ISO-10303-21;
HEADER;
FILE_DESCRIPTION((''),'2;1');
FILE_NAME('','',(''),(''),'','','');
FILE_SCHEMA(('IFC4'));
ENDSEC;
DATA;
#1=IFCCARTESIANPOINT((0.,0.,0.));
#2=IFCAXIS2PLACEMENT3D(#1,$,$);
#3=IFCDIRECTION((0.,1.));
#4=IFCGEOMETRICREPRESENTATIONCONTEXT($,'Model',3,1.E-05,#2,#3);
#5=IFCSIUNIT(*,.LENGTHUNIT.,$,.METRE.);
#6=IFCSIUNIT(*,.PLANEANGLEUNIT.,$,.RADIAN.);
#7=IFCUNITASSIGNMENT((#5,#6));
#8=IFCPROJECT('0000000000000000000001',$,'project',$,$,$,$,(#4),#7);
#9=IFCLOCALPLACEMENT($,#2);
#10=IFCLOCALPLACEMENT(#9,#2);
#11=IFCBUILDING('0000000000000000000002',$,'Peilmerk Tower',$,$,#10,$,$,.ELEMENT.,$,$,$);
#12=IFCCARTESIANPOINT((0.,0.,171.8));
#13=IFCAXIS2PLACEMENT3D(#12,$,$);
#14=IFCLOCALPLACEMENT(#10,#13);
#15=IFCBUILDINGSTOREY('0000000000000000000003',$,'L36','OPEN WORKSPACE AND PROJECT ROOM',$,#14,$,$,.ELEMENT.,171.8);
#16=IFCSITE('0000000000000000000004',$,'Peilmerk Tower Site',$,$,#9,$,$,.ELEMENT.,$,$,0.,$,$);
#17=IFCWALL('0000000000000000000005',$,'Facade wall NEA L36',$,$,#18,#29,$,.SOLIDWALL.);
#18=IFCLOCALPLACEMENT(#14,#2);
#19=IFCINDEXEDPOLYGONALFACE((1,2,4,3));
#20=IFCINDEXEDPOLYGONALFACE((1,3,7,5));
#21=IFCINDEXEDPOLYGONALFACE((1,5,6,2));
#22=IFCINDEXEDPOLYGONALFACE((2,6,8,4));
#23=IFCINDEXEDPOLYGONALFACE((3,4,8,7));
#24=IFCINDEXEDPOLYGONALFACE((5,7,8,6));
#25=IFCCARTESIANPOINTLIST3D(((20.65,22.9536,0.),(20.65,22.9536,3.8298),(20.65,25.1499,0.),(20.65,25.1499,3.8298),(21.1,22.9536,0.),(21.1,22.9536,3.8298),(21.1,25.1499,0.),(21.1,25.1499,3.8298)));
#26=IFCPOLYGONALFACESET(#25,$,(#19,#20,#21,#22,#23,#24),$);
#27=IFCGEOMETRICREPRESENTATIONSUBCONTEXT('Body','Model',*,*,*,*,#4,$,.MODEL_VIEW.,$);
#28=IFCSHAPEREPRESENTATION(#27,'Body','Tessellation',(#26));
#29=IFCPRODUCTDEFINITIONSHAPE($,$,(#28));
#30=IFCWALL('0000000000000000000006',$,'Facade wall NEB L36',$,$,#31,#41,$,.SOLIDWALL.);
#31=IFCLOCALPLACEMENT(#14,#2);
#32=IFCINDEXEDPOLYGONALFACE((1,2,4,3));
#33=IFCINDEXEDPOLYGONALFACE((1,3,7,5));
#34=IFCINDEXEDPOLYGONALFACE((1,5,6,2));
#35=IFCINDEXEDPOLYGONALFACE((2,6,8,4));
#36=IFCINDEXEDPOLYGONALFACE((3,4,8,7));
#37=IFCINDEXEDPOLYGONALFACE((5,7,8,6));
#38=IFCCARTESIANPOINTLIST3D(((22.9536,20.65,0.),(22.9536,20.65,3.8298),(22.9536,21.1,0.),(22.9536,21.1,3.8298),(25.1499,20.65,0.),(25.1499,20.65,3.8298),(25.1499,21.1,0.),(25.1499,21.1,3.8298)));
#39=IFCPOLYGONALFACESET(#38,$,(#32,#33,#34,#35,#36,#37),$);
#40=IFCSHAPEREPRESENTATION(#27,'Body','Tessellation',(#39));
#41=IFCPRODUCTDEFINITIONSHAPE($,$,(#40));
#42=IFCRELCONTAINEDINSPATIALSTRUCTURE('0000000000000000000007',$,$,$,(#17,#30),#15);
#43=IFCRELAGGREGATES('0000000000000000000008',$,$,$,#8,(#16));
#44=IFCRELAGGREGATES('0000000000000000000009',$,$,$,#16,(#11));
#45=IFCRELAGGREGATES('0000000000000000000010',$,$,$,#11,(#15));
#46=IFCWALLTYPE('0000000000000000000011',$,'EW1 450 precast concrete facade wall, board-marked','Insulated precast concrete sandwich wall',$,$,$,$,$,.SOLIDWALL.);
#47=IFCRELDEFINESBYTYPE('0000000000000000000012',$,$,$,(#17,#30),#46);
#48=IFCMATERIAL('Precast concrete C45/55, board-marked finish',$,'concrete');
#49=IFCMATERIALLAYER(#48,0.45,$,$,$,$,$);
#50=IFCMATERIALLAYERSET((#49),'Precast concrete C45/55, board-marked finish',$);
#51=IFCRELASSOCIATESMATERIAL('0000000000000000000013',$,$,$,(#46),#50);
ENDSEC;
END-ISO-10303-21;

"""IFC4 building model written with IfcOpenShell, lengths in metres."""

from ifc_helpers import new_model, si_unit, direction, frame, frame_2d, origin, place, context, subcontext, project, spatial, rectangle, extrude, material, layer, layer_set, type_object, element, save


model = new_model("IFC4")

# Units and contexts
model_context = context("Model", 3, precision=1e-05, world=origin(), true_north=direction((0.0, 1.0)))
body_context = subcontext(model_context, "Body", "Model", "MODEL_VIEW")
ifc_project = project(units=[si_unit("LENGTHUNIT", "METRE"), si_unit("PLANEANGLEUNIT", "RADIAN")], contexts=[model_context])

# Site, building, storey
site_placement = place(None, origin())
site = spatial("IfcSite", under=ifc_project, at=site_placement, Name="Peilmerk Tower Site", CompositionType="ELEMENT", RefElevation=0.0)
building_placement = place(site_placement, origin())
building = spatial("IfcBuilding", under=site, at=building_placement, Name="Peilmerk Tower", CompositionType="ELEMENT")
storey_placement = place(building_placement, frame((0.0, 0.0, 171.8)))
storey = spatial("IfcBuildingStorey", under=building, at=storey_placement, Name="L36", Description="OPEN WORKSPACE AND PROJECT ROOM", CompositionType="ELEMENT", Elevation=171.8)

# Shared definitions
ifc_material_1 = material(Name="Precast concrete C45/55, board-marked finish", Category="concrete")
ifc_layer_1 = layer(ifc_material_1, 0.45)
ifc_layer_set_1 = layer_set([ifc_layer_1], Name="Precast concrete C45/55, board-marked finish")
wall_type = type_object("IfcWallType", Name="EW1 450 precast concrete facade wall, board-marked", Description="Insulated precast concrete sandwich wall", PredefinedType="SOLIDWALL", material=ifc_layer_set_1)

# Walls
for number, where, z_axis, x_axis, name in (
    (1, (20.875, 22.9536, 0.0), (0.0, 0.0, 1.0), (0.0, 1.0, 0.0), "Facade wall NEA L36"),
    (2, (22.9536, 20.875, 0.0), (0.0, 0.0, 1.0), (1.0, 0.0, 0.0), "Facade wall NEB L36"),
):
    element("IfcWall", number, at=place(storey_placement, frame(where, z_axis=z_axis, x_axis=x_axis)), inside=storey, type_object=wall_type, Name=name, PredefinedType="SOLIDWALL", context=body_context, shape_type="SweptSolid", body=[
        extrude(rectangle(XDim=2.1963, YDim=0.45, at=frame_2d((1.0981, 0.0))), origin(), (0.0, 0.0, 1.0), 3.8298),
    ])

save(model, "model.ifc")
